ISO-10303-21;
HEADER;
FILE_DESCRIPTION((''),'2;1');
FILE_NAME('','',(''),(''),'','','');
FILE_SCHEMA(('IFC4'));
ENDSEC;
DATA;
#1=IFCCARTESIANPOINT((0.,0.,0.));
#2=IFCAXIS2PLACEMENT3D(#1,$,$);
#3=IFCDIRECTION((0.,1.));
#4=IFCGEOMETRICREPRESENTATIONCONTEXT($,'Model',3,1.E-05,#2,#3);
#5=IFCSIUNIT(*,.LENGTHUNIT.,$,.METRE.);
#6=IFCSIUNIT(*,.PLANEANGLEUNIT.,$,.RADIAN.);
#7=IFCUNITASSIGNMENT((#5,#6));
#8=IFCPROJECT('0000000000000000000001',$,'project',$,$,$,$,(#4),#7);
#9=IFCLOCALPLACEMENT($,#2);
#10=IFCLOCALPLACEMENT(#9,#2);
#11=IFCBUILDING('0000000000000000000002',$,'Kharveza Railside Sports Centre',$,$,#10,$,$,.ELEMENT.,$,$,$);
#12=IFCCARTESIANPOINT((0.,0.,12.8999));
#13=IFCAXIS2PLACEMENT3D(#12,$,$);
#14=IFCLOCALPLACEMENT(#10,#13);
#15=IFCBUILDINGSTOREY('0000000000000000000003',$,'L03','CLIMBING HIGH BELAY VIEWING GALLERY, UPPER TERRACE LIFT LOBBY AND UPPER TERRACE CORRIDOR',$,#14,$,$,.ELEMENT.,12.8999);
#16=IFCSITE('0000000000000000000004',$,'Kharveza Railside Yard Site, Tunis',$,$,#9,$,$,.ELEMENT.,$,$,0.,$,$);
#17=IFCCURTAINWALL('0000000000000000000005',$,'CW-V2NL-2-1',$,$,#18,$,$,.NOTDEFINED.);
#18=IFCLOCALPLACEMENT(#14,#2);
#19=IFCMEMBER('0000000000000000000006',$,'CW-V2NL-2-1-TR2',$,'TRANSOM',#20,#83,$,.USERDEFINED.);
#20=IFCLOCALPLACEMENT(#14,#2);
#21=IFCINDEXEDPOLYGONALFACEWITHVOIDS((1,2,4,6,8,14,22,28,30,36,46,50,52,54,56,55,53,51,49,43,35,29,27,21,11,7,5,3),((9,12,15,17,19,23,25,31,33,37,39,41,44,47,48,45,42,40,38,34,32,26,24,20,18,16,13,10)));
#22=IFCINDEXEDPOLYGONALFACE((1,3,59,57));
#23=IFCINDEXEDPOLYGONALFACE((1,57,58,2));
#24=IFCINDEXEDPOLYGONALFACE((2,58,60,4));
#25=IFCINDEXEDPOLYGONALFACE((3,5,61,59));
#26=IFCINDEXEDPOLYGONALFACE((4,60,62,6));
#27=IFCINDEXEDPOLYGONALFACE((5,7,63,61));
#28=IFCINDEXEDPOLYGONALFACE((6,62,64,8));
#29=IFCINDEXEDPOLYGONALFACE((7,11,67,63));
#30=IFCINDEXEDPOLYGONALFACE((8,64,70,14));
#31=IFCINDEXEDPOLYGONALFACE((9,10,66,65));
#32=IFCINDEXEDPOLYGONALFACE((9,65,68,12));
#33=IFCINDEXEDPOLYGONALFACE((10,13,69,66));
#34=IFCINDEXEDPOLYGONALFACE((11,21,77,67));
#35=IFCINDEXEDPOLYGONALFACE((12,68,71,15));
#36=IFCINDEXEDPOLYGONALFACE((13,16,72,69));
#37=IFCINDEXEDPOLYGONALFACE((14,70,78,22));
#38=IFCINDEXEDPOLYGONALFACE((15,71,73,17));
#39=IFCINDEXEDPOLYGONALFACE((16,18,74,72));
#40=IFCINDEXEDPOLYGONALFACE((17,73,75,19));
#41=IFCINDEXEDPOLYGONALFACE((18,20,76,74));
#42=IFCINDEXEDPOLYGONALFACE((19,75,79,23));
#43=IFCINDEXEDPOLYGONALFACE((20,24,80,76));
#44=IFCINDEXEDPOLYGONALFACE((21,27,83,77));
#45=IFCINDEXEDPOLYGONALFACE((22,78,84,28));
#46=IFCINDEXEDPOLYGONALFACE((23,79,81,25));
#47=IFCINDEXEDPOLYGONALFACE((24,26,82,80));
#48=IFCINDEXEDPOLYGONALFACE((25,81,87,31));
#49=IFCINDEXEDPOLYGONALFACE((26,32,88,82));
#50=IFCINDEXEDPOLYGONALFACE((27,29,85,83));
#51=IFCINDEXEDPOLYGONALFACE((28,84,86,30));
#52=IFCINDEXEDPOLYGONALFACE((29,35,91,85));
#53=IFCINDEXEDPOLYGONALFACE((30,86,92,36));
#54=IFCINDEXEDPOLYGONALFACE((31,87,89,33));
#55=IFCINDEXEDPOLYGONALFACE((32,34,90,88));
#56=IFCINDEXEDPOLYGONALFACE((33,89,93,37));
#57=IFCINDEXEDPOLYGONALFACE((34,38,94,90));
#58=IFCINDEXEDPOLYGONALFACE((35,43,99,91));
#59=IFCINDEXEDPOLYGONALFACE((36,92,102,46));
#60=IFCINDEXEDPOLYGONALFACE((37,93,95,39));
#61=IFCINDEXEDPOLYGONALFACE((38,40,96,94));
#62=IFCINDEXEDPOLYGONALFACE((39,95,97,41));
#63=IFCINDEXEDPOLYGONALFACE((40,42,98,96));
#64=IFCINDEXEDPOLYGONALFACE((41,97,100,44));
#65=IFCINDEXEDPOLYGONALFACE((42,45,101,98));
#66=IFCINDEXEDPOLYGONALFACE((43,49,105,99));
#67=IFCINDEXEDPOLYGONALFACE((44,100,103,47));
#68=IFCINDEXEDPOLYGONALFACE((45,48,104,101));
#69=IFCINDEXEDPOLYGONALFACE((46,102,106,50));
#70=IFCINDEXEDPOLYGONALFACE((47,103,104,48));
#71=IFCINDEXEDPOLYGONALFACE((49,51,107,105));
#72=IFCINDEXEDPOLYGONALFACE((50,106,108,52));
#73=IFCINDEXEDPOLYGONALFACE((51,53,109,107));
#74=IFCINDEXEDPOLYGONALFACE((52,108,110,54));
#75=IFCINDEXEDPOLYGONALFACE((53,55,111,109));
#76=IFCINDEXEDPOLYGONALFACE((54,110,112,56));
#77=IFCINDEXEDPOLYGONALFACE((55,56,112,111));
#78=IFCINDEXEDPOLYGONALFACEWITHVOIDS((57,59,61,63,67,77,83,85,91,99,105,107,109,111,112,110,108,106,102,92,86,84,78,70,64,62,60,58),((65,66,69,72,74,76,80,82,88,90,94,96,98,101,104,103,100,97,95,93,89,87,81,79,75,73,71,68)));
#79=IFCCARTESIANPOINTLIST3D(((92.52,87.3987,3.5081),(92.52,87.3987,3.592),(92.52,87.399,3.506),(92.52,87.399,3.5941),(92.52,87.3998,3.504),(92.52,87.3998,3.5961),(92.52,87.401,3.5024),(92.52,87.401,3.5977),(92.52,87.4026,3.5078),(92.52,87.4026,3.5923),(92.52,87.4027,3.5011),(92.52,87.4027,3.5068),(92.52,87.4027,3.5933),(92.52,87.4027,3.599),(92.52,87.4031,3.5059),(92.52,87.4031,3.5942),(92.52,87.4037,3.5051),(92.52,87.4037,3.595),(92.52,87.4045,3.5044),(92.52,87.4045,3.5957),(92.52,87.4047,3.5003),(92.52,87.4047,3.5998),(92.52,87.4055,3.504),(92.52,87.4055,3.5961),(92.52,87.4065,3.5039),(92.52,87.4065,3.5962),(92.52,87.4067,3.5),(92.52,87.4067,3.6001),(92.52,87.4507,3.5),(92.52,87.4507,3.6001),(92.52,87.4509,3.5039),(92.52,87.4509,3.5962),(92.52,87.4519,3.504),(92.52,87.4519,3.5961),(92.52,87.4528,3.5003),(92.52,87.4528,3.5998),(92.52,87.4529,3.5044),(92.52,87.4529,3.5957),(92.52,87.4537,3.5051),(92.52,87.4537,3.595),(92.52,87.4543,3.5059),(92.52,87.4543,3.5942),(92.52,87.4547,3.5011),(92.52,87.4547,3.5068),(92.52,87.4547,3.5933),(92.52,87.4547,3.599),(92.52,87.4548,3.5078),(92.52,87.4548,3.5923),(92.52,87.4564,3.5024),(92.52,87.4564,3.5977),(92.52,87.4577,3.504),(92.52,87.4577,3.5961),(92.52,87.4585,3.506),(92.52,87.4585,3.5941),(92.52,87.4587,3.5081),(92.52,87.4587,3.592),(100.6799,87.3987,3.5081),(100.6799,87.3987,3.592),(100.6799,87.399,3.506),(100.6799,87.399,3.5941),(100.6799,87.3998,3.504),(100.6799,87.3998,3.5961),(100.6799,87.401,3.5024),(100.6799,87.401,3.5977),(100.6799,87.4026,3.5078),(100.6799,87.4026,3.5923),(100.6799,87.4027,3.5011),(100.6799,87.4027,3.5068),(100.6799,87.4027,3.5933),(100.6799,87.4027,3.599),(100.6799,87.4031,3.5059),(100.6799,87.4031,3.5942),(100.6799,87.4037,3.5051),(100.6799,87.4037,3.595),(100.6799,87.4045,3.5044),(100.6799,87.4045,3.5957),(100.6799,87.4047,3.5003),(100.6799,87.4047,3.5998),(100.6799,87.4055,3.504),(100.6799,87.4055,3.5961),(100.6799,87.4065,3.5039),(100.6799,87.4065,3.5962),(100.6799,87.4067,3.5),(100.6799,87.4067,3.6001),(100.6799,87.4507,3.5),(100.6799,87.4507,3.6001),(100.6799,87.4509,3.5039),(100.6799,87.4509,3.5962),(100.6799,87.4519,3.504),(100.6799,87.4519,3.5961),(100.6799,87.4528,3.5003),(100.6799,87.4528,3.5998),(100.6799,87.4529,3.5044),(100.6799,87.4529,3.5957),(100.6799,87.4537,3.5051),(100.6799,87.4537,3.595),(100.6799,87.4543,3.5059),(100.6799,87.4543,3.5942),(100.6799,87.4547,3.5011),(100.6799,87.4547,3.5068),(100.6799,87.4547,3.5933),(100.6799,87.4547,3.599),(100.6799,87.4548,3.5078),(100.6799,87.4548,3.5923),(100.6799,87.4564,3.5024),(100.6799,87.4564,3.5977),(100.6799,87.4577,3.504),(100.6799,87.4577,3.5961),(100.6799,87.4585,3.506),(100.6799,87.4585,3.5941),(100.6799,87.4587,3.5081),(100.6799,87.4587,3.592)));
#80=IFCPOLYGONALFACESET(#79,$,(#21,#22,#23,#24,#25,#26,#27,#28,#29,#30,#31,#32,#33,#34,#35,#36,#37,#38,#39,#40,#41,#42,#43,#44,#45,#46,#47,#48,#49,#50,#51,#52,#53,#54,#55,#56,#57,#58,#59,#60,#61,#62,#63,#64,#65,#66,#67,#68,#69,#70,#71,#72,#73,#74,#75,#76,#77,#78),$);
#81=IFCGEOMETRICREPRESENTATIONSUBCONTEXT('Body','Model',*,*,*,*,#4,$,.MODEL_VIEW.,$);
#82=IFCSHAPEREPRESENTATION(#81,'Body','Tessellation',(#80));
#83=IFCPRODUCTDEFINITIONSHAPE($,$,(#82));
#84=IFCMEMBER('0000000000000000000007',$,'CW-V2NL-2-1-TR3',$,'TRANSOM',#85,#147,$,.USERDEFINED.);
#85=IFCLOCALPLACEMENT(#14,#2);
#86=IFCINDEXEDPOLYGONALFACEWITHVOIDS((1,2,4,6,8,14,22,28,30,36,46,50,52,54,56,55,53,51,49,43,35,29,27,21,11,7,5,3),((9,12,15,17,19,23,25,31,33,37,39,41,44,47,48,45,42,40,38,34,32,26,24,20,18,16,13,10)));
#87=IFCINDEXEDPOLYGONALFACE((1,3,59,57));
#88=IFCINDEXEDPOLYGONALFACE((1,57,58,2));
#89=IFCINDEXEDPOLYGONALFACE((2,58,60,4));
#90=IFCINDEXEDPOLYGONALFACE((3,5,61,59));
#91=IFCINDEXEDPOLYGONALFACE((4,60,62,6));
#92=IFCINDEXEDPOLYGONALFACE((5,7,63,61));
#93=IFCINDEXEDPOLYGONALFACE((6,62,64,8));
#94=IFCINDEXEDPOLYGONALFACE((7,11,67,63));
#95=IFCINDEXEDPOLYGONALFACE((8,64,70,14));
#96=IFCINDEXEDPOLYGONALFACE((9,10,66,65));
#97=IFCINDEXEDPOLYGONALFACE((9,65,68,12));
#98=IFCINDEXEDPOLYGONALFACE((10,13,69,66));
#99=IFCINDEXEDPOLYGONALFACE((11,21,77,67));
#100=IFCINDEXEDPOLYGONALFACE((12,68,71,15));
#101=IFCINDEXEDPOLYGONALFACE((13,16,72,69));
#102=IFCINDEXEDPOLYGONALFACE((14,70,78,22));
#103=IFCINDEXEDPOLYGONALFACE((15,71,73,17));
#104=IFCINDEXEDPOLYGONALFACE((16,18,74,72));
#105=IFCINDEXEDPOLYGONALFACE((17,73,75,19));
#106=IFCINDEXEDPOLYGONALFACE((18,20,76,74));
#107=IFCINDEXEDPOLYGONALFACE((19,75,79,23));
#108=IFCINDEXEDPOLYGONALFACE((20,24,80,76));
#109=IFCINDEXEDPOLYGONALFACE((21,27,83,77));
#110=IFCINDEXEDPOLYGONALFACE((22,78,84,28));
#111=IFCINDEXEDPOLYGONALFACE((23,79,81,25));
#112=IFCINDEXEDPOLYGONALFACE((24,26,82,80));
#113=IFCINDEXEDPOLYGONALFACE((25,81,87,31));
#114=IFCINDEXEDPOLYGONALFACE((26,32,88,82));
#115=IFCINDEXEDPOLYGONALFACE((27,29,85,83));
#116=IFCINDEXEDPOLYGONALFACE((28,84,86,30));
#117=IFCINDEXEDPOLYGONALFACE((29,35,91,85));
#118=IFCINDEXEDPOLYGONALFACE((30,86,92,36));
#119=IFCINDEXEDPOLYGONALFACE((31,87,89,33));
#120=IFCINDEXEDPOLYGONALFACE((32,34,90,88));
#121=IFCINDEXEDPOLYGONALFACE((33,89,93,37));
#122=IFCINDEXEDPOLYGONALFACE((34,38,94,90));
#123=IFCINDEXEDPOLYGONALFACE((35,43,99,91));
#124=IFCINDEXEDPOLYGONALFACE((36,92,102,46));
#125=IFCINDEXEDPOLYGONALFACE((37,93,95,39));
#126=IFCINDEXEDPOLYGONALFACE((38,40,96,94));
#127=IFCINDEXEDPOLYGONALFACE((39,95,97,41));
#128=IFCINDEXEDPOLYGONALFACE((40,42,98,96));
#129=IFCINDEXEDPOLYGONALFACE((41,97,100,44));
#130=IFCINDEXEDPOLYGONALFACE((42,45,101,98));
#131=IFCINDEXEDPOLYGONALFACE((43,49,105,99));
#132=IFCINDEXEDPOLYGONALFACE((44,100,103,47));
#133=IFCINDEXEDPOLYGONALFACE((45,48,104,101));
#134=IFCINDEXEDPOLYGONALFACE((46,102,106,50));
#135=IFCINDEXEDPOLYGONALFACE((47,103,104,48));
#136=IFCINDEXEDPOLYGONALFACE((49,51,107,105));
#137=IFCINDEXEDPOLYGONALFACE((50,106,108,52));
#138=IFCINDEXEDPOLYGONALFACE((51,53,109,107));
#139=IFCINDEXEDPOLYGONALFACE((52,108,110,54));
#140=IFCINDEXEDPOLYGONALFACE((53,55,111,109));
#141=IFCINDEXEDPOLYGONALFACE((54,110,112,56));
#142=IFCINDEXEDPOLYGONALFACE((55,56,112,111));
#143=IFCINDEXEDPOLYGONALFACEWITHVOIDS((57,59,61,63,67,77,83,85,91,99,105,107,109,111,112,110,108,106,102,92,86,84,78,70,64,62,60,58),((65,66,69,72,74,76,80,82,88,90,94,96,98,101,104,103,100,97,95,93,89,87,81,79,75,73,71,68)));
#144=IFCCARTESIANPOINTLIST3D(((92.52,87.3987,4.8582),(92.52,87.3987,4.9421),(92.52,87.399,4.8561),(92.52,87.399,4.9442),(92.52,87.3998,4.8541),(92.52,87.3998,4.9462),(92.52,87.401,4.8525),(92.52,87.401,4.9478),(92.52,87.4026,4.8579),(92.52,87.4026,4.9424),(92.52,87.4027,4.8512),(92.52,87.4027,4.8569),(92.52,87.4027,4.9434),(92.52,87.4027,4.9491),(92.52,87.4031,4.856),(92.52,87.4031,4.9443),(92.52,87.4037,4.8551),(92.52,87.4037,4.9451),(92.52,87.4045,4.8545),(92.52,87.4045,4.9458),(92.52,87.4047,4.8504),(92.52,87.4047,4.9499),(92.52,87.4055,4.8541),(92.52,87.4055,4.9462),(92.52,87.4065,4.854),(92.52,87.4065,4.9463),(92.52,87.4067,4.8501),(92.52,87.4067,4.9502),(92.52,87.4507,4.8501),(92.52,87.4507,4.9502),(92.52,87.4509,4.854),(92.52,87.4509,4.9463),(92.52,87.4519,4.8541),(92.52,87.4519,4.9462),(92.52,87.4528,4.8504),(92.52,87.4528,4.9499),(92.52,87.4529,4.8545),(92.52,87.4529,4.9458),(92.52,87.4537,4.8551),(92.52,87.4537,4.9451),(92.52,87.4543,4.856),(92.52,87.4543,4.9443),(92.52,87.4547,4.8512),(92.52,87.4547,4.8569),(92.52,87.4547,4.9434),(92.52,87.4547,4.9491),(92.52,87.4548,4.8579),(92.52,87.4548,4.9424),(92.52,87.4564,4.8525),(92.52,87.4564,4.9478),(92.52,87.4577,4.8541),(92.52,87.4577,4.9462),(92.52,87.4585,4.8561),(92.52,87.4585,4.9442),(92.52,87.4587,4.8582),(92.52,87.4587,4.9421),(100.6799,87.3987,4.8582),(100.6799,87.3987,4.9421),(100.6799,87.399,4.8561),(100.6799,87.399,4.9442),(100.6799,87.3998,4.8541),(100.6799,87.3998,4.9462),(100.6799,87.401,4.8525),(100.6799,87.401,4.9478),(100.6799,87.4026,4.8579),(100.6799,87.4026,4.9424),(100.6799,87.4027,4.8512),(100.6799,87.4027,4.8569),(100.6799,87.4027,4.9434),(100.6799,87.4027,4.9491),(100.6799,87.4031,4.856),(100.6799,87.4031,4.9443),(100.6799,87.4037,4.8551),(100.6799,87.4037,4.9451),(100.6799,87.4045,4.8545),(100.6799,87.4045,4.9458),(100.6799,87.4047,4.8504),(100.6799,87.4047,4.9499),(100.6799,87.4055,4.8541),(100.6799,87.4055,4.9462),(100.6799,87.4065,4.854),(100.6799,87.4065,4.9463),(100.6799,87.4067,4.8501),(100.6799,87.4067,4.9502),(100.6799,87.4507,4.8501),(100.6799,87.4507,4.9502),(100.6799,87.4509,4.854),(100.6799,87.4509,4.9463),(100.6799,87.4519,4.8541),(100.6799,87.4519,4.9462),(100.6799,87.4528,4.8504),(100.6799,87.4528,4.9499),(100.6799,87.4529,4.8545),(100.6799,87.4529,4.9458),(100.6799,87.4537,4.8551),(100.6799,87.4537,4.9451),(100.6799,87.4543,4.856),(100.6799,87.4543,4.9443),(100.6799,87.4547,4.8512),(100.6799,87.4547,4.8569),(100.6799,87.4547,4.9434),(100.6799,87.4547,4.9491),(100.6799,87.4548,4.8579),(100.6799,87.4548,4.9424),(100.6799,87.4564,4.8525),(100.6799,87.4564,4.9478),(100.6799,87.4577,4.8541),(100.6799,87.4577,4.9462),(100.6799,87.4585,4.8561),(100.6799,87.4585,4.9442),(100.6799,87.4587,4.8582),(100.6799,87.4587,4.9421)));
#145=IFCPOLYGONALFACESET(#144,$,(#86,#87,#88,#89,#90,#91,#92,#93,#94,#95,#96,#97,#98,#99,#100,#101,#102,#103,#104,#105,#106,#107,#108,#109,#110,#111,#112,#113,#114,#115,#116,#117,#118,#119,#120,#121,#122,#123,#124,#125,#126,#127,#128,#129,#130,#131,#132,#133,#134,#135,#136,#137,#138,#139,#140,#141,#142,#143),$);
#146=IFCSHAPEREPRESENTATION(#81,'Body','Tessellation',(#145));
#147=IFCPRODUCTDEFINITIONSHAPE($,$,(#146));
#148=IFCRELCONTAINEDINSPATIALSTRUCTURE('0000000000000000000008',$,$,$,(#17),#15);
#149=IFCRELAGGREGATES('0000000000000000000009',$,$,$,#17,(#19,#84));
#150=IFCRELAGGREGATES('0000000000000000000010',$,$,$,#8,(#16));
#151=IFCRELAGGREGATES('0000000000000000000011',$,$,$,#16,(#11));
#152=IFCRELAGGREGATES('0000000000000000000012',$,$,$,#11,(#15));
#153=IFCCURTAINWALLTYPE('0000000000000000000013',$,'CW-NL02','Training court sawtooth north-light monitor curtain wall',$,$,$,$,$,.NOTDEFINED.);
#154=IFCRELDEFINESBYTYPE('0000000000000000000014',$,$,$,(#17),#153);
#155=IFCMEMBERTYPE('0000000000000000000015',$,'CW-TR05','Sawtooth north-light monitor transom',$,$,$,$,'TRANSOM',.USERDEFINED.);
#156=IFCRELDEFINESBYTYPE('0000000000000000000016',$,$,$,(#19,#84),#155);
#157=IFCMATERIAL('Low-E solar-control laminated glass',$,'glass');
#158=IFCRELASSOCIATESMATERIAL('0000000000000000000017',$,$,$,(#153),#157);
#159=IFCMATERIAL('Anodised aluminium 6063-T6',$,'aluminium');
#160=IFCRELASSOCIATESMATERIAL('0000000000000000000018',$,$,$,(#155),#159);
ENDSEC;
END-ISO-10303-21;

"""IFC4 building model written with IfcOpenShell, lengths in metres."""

from ifc_helpers import new_model, si_unit, direction, frame, origin, origin_2d, place, context, subcontext, project, spatial, hollow_rectangle, extrude, material, material_profile, profile_set, type_object, element, aggregate, save


model = new_model("IFC4")

# Units and contexts
model_context = context("Model", 3, precision=1e-05, world=origin(), true_north=direction((0.0, 1.0)))
body_context = subcontext(model_context, "Body", "Model", "MODEL_VIEW")
ifc_project = project(units=[si_unit("LENGTHUNIT", "METRE"), si_unit("PLANEANGLEUNIT", "RADIAN")], contexts=[model_context])

# Site, building, storey
site_placement = place(None, origin())
site = spatial("IfcSite", under=ifc_project, at=site_placement, Name="Kharveza Railside Yard Site, Tunis", CompositionType="ELEMENT", RefElevation=0.0)
building_placement = place(site_placement, origin())
building = spatial("IfcBuilding", under=site, at=building_placement, Name="Kharveza Railside Sports Centre", CompositionType="ELEMENT")
storey_placement = place(building_placement, frame((0.0, 0.0, 12.8999)))
storey = spatial("IfcBuildingStorey", under=building, at=storey_placement, Name="L03", Description="CLIMBING HIGH BELAY VIEWING GALLERY, UPPER TERRACE LIFT LOBBY AND UPPER TERRACE CORRIDOR", CompositionType="ELEMENT", Elevation=12.8999)

# Curtain wall
ifc_material_1 = material(Name="Low-E solar-control laminated glass", Category="glass")
curtain_wall_type = type_object("IfcCurtainWallType", Name="CW-NL02", Description="Training court sawtooth north-light monitor curtain wall", PredefinedType="NOTDEFINED", material=ifc_material_1)
curtain_wall_1_placement = place(storey_placement, origin())
curtain_wall_1 = element("IfcCurtainWall", 1, at=curtain_wall_1_placement, inside=storey, type_object=curtain_wall_type, Name="CW-V2NL-2-1", PredefinedType="NOTDEFINED")
ifc_material_2 = material(Name="Anodised aluminium 6063-T6", Category="aluminium")

# Members
ifc_material_profile_1 = material_profile(ifc_material_2, hollow_rectangle(XDim=0.0601, YDim=0.1001, WallThickness=0.0039, InnerFilletRadius=0.0039, OuterFilletRadius=0.0081, at=origin_2d()), Name="RHS 60x100x4.0")
ifc_profile_set_1 = profile_set([ifc_material_profile_1], Name="Anodised aluminium 6063-T6")
member_type_1 = type_object("IfcMemberType", Name="CW-TR05", Description="Sawtooth north-light monitor transom", ElementType="TRANSOM", PredefinedType="USERDEFINED", material=ifc_profile_set_1)
member_1_placement = place(storey_placement, frame((92.52, 87.4287, 3.55), z_axis=(1.0, 0.0, 0.0), x_axis=(0.0, 1.0, 0.0)))
member_1 = element("IfcMember", 2, at=member_1_placement, type_object=member_type_1, Name="CW-V2NL-2-1-TR2", ObjectType="TRANSOM", PredefinedType="USERDEFINED", context=body_context, shape_type="SweptSolid", body=[
    extrude(hollow_rectangle(XDim=0.0601, YDim=0.1001, WallThickness=0.0039, InnerFilletRadius=0.0039, OuterFilletRadius=0.0081, at=origin_2d()), origin(), (0.0, 0.0, 1.0), 8.1599),
])
member_2_placement = place(storey_placement, frame((92.52, 87.4287, 4.9001), z_axis=(1.0, 0.0, 0.0), x_axis=(0.0, 1.0, 0.0)))
member_2 = element("IfcMember", 3, at=member_2_placement, type_object=member_type_1, Name="CW-V2NL-2-1-TR3", ObjectType="TRANSOM", PredefinedType="USERDEFINED", context=body_context, shape_type="SweptSolid", body=[
    extrude(hollow_rectangle(XDim=0.0601, YDim=0.1001, WallThickness=0.0039, InnerFilletRadius=0.0039, OuterFilletRadius=0.0081, at=origin_2d()), origin(), (0.0, 0.0, 1.0), 8.1599),
])

aggregate(curtain_wall_1, [member_1, member_2])

save(model, "model.ifc")
